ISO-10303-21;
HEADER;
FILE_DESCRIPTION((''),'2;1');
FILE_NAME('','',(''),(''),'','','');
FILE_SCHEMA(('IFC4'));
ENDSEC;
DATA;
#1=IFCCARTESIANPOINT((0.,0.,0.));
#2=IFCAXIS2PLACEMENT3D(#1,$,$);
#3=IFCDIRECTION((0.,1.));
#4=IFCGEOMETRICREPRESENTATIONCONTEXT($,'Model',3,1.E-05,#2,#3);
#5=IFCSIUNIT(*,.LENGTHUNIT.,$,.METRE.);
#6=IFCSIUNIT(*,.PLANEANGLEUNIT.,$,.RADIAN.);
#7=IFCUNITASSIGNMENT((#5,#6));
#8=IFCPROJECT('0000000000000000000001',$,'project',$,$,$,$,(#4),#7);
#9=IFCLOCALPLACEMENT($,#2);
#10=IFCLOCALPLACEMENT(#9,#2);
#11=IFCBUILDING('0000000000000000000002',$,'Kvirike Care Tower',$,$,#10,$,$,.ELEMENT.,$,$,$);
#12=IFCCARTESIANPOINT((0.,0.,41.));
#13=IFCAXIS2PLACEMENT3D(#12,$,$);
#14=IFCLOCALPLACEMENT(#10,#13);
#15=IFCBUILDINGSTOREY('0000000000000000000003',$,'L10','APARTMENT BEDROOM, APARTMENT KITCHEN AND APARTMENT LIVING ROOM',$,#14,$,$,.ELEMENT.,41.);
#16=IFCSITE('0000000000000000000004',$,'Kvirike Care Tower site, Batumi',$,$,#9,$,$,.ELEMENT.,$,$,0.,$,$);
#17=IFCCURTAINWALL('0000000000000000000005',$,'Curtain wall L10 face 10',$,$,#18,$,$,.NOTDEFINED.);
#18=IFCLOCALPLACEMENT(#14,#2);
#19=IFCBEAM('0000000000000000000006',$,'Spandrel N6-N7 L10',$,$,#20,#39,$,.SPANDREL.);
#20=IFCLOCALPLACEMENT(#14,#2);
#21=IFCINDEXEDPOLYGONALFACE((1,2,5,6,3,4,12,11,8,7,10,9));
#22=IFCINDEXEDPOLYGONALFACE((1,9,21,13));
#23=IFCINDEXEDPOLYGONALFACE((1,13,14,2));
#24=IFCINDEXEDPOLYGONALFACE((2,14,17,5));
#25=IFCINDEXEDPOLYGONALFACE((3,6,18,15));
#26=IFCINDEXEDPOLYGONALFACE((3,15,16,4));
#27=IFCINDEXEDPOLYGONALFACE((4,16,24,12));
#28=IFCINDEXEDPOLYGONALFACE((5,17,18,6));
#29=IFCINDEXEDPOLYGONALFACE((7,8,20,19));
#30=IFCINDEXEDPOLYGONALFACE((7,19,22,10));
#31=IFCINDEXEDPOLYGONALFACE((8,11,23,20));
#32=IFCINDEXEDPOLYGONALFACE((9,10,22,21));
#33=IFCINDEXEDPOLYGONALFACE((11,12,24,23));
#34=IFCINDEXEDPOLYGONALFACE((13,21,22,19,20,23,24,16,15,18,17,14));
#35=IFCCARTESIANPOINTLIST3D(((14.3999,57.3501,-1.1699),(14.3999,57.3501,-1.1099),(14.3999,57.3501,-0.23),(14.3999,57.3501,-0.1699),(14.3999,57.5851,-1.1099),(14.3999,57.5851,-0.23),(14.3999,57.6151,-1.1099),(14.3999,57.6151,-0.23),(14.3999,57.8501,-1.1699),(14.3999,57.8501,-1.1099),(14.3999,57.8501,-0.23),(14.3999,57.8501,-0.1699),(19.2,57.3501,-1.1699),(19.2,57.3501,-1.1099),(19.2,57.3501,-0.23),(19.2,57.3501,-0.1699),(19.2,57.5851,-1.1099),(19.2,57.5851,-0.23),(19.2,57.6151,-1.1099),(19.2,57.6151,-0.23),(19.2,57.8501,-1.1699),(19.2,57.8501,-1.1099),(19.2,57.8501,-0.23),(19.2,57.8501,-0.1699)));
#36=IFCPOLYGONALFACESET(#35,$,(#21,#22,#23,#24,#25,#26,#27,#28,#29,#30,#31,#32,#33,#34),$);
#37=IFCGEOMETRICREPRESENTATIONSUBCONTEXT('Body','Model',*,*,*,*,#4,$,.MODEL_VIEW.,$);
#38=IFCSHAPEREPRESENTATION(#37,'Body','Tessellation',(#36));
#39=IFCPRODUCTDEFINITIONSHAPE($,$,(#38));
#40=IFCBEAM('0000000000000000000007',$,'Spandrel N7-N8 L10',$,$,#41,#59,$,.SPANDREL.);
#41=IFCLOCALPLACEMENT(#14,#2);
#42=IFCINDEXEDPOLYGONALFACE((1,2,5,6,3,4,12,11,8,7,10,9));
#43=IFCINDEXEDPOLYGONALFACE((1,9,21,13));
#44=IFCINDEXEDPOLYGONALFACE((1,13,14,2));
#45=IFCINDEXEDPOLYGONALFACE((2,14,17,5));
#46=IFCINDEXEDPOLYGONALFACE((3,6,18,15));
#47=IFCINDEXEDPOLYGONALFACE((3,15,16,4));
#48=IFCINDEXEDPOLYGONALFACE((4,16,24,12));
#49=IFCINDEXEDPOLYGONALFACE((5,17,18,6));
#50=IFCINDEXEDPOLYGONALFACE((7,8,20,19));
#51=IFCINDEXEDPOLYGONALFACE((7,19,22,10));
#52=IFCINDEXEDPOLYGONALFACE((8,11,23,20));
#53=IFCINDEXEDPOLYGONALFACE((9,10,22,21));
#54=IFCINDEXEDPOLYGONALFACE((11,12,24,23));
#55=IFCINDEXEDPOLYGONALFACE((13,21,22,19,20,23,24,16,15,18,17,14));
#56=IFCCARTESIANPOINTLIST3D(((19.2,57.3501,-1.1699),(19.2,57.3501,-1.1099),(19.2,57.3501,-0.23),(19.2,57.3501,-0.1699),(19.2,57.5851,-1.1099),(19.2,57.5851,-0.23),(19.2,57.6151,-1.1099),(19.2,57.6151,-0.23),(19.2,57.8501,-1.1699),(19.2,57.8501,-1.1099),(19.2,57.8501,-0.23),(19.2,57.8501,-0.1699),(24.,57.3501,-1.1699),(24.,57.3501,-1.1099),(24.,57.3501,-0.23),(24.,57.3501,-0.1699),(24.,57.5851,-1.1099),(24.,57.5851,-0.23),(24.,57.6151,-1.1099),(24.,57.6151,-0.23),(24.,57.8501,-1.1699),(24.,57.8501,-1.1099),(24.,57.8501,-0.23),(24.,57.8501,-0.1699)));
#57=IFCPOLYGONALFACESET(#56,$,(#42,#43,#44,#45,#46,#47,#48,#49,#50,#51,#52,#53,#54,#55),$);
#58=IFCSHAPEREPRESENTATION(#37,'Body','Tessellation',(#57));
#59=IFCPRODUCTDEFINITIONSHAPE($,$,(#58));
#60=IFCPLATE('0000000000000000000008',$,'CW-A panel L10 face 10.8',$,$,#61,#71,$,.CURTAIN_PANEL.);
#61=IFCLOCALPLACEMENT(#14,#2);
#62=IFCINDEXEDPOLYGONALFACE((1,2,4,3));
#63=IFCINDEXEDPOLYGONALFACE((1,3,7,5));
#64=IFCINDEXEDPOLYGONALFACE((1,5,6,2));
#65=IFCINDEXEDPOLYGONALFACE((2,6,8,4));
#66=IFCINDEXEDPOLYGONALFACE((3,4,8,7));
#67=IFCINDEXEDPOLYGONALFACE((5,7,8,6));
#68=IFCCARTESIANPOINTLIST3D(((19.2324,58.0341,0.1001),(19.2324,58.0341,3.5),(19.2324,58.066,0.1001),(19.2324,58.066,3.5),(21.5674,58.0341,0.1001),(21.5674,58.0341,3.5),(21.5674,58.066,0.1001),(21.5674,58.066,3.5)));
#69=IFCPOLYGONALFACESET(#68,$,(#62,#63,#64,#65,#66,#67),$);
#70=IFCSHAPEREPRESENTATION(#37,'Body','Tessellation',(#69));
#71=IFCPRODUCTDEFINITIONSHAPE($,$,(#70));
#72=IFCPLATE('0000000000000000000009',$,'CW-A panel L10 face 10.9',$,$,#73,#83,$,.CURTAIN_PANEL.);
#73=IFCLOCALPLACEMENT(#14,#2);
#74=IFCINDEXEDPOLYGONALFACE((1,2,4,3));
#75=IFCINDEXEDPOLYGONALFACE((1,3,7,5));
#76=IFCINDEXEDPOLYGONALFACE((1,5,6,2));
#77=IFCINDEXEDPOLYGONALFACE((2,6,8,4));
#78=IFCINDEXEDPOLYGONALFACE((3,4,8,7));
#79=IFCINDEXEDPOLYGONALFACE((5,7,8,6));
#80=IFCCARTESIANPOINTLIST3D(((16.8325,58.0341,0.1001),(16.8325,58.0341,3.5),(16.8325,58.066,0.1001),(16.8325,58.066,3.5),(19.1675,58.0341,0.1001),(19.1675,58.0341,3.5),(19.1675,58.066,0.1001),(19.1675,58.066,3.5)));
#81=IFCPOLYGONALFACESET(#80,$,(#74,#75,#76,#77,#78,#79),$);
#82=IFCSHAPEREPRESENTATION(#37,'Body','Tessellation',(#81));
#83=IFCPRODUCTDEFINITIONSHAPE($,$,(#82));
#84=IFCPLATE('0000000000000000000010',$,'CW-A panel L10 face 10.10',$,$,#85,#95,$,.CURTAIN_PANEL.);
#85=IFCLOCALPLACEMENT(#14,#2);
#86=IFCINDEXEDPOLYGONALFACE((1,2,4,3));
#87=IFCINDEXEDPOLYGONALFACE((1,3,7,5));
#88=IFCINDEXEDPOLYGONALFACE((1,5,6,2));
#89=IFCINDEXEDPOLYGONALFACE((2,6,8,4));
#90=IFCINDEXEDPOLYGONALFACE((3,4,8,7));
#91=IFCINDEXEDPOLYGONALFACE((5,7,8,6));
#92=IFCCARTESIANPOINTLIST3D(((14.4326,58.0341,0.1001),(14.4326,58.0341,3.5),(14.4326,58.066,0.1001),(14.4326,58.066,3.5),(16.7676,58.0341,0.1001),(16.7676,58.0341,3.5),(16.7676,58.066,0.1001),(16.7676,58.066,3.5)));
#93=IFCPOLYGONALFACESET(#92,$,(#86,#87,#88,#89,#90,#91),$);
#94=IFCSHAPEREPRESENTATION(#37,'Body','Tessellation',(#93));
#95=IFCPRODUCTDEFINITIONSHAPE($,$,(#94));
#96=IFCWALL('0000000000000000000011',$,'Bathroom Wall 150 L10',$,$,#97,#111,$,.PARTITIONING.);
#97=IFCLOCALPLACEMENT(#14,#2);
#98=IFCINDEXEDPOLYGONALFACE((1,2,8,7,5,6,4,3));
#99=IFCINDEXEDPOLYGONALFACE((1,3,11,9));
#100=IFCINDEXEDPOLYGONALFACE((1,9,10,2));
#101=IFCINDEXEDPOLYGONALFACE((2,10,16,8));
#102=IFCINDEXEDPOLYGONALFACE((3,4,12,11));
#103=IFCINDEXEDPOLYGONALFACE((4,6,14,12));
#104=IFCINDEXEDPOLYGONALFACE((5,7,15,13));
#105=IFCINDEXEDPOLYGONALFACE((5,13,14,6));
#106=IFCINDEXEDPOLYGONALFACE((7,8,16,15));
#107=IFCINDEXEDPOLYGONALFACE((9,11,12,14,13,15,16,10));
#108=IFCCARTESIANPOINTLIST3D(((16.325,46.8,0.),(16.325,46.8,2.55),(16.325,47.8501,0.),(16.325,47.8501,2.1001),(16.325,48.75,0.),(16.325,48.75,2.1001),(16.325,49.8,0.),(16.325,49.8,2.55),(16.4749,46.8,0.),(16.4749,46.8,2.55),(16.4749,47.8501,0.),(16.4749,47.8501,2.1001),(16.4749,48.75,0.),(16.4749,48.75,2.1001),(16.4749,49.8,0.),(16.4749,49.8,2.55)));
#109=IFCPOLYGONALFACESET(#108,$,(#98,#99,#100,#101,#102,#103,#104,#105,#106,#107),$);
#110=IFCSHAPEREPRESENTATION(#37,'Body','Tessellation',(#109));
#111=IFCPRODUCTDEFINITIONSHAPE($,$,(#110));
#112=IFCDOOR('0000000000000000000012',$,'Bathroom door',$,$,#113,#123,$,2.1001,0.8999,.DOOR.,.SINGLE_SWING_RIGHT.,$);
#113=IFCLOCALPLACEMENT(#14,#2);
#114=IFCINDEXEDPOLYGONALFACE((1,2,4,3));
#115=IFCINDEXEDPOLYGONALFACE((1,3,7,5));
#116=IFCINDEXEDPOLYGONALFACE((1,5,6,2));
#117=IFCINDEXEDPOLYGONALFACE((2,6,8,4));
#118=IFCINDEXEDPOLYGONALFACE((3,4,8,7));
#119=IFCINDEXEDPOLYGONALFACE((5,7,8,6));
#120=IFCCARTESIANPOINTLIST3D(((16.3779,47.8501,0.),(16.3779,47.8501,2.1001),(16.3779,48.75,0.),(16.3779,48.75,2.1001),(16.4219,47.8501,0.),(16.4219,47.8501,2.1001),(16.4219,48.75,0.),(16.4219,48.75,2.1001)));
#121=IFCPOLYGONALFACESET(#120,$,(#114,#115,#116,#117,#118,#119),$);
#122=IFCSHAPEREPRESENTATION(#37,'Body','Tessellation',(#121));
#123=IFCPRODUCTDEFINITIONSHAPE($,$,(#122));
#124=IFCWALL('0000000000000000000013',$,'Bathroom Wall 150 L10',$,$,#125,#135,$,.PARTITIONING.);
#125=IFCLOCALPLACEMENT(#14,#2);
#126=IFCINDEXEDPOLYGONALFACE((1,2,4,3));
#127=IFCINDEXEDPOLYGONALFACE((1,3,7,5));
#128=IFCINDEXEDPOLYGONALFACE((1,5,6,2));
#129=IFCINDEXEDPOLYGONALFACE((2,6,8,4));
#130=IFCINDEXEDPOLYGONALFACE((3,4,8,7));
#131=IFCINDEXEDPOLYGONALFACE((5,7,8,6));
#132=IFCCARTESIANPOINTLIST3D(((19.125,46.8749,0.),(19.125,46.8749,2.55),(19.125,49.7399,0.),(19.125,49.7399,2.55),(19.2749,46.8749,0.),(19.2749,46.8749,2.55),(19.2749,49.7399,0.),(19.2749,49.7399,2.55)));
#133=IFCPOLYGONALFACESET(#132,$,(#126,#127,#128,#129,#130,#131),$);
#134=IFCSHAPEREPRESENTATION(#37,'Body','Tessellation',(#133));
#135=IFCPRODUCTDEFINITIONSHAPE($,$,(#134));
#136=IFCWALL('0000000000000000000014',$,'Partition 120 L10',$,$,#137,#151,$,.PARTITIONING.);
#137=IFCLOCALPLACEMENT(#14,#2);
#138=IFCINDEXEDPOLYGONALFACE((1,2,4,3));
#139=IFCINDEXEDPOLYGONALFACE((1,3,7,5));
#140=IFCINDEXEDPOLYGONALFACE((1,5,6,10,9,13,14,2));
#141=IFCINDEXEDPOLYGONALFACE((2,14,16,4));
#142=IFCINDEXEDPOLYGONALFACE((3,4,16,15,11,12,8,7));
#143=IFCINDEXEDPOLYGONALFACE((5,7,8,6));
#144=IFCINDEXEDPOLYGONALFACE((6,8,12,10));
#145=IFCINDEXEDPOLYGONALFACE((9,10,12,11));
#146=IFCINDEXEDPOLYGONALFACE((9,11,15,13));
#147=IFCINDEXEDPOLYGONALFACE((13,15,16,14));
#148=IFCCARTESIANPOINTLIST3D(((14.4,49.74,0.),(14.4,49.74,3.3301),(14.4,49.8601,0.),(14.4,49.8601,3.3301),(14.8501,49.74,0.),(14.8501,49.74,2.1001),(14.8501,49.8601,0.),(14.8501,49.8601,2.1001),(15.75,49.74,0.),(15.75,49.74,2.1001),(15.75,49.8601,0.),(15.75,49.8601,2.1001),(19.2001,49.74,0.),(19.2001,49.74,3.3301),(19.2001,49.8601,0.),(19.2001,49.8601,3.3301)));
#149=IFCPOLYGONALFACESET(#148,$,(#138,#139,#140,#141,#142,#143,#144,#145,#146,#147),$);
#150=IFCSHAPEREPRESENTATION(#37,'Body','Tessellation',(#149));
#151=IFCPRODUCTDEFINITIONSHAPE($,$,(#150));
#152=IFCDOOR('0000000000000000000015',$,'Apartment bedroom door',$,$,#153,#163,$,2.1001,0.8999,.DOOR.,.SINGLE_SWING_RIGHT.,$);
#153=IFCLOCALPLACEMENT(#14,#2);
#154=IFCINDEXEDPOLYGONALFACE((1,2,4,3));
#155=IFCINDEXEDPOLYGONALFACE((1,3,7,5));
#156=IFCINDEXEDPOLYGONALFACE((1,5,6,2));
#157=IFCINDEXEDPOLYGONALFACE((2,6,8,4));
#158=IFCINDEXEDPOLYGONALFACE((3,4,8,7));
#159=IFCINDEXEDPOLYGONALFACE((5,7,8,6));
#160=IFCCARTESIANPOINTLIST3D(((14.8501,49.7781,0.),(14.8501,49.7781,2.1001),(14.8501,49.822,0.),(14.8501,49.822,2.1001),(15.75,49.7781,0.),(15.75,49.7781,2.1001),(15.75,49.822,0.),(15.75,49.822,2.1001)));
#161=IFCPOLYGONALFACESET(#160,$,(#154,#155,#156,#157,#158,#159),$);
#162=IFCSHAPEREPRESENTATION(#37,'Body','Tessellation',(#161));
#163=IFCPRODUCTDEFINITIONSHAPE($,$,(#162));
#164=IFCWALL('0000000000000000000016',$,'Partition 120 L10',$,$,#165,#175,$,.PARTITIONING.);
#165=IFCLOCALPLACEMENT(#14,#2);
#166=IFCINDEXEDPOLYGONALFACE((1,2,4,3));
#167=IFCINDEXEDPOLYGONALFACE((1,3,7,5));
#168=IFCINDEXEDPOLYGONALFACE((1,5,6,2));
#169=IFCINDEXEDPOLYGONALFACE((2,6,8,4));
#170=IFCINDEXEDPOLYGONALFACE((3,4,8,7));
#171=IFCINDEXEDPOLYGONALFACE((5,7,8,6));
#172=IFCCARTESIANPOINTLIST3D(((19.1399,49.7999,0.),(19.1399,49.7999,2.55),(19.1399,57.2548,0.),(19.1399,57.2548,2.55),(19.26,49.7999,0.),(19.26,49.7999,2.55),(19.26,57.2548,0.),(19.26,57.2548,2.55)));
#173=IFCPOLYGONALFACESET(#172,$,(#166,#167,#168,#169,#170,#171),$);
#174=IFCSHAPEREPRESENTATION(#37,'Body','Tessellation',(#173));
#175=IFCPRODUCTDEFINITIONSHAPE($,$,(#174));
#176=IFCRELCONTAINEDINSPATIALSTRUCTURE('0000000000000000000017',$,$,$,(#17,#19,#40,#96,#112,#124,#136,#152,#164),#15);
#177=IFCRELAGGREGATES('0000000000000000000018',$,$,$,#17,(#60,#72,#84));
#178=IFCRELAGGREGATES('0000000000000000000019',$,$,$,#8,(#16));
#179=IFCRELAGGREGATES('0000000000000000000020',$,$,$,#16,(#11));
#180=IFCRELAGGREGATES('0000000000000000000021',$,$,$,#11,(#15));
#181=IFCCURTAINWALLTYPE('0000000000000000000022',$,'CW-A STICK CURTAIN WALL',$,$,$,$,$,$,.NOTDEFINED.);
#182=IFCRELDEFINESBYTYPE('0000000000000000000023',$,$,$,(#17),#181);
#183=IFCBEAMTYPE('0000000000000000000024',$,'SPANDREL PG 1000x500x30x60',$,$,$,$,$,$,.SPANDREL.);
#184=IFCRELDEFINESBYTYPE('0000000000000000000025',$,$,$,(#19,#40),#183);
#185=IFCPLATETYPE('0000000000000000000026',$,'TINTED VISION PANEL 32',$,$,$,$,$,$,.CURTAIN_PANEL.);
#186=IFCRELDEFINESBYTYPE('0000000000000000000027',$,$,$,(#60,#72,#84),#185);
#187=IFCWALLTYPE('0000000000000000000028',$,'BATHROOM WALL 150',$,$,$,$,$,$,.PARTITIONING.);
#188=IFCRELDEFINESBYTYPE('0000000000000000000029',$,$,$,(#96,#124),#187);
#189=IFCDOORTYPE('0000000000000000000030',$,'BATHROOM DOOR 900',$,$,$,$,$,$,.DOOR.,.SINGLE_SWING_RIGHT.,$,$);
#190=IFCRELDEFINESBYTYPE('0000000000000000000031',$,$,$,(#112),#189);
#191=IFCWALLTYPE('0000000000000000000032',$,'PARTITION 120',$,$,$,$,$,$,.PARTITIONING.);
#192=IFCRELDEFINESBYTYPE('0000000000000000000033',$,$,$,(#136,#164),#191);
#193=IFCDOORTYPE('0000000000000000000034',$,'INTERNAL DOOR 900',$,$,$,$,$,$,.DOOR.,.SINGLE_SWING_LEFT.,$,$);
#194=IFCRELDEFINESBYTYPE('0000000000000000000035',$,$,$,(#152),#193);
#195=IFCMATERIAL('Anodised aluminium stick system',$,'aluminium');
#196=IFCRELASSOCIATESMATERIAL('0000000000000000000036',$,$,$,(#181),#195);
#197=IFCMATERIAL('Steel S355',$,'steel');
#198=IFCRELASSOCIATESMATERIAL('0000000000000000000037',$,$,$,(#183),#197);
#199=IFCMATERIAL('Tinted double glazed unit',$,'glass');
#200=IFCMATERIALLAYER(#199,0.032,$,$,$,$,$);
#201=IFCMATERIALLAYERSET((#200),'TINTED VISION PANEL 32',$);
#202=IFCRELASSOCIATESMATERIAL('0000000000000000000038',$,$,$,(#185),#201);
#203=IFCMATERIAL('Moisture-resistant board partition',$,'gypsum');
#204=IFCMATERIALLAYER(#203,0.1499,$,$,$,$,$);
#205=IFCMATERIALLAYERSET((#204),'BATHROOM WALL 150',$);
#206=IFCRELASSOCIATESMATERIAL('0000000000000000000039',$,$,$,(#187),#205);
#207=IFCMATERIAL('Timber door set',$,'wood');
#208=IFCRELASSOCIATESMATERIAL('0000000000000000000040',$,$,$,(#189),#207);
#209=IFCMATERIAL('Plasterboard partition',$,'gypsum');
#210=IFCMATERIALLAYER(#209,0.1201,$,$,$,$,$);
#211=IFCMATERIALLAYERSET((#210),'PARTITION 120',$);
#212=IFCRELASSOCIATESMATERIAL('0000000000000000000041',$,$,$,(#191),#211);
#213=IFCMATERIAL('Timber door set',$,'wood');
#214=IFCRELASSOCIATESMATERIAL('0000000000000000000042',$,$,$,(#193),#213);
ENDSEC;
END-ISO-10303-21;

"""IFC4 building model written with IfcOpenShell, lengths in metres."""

from ifc_helpers import new_model, si_unit, direction, frame, frame_2d, origin, origin_2d, place, context, subcontext, project, spatial, rectangle, i_section, extrude, material, layer, layer_set, material_profile, profile_set, type_object, element, fill, aggregate, save


model = new_model("IFC4")

# Units and contexts
model_context = context("Model", 3, precision=1e-05, world=origin(), true_north=direction((0.0, 1.0)))
body_context = subcontext(model_context, "Body", "Model", "MODEL_VIEW")
ifc_project = project(units=[si_unit("LENGTHUNIT", "METRE"), si_unit("PLANEANGLEUNIT", "RADIAN")], contexts=[model_context])

# Site, building, storey
site_placement = place(None, origin())
site = spatial("IfcSite", under=ifc_project, at=site_placement, Name="Kvirike Care Tower site, Batumi", CompositionType="ELEMENT", RefElevation=0.0)
building_placement = place(site_placement, origin())
building = spatial("IfcBuilding", under=site, at=building_placement, Name="Kvirike Care Tower", CompositionType="ELEMENT")
storey_placement = place(building_placement, frame((0.0, 0.0, 41.0)))
storey = spatial("IfcBuildingStorey", under=building, at=storey_placement, Name="L10", Description="APARTMENT BEDROOM, APARTMENT KITCHEN AND APARTMENT LIVING ROOM", CompositionType="ELEMENT", Elevation=41.0)

# Curtain wall
ifc_material_1 = material(Name="Anodised aluminium stick system", Category="aluminium")
curtain_wall_type = type_object("IfcCurtainWallType", Name="CW-A STICK CURTAIN WALL", PredefinedType="NOTDEFINED", material=ifc_material_1)
curtain_wall_placement = place(storey_placement, origin())
curtain_wall = element("IfcCurtainWall", 1, at=curtain_wall_placement, inside=storey, type_object=curtain_wall_type, Name="Curtain wall L10 face 10", PredefinedType="NOTDEFINED")

# Beams
ifc_material_2 = material(Name="Steel S355", Category="steel")
ifc_material_profile_1 = material_profile(ifc_material_2, i_section(OverallWidth=0.5, OverallDepth=1.0, WebThickness=0.03, FlangeThickness=0.0601, at=origin_2d()), Name="PG 1000x500x30x60")
ifc_profile_set_1 = profile_set([ifc_material_profile_1], Name="Steel S355")
beam_type_1 = type_object("IfcBeamType", Name="SPANDREL PG 1000x500x30x60", PredefinedType="SPANDREL", material=ifc_profile_set_1)
for number, where, z_axis, x_axis, name in (
    (2, (14.3999, 57.6001, -0.6699), (1.0, 0.0, 0.0), (0.0, 1.0, 0.0), "Spandrel N6-N7 L10"),
    (3, (19.2, 57.6001, -0.6699), (1.0, 0.0, 0.0), (0.0, 1.0, 0.0), "Spandrel N7-N8 L10"),
):
    element("IfcBeam", number, at=place(storey_placement, frame(where, z_axis=z_axis, x_axis=x_axis)), inside=storey, type_object=beam_type_1, Name=name, PredefinedType="SPANDREL", context=body_context, shape_type="SweptSolid", body=[
        extrude(i_section(OverallWidth=0.5, OverallDepth=1.0, WebThickness=0.03, FlangeThickness=0.0601, at=origin_2d()), origin(), (0.0, 0.0, 1.0), 4.8),
    ])

# Plates
ifc_material_3 = material(Name="Tinted double glazed unit", Category="glass")
ifc_layer_1 = layer(ifc_material_3, 0.032)
ifc_layer_set_1 = layer_set([ifc_layer_1], Name="TINTED VISION PANEL 32")
plate_type = type_object("IfcPlateType", Name="TINTED VISION PANEL 32", PredefinedType="CURTAIN_PANEL", material=ifc_layer_set_1)
plate_1_placement = place(storey_placement, frame((20.3999, 58.05, 0.1001), z_axis=(0.0, 0.0, 1.0), x_axis=(-1.0, 0.0, 0.0)))
plate_1 = element("IfcPlate", 4, at=plate_1_placement, type_object=plate_type, Name="CW-A panel L10 face 10.8", PredefinedType="CURTAIN_PANEL", context=body_context, shape_type="SweptSolid", body=[
    extrude(rectangle(XDim=2.335, YDim=0.032, at=origin_2d()), origin(), (0.0, 0.0, 1.0), 3.3999),
])
plate_2_placement = place(storey_placement, frame((18.0, 58.05, 0.1001), z_axis=(0.0, 0.0, 1.0), x_axis=(-1.0, 0.0, 0.0)))
plate_2 = element("IfcPlate", 5, at=plate_2_placement, type_object=plate_type, Name="CW-A panel L10 face 10.9", PredefinedType="CURTAIN_PANEL", context=body_context, shape_type="SweptSolid", body=[
    extrude(rectangle(XDim=2.335, YDim=0.032, at=origin_2d()), origin(), (0.0, 0.0, 1.0), 3.3999),
])
plate_3_placement = place(storey_placement, frame((15.6001, 58.05, 0.1001), z_axis=(0.0, 0.0, 1.0), x_axis=(-1.0, 0.0, 0.0)))
plate_3 = element("IfcPlate", 6, at=plate_3_placement, type_object=plate_type, Name="CW-A panel L10 face 10.10", PredefinedType="CURTAIN_PANEL", context=body_context, shape_type="SweptSolid", body=[
    extrude(rectangle(XDim=2.335, YDim=0.032, at=origin_2d()), origin(), (0.0, 0.0, 1.0), 3.3999),
])
aggregate(curtain_wall, [plate_1, plate_2, plate_3])

# Wall, opening, door
ifc_material_4 = material(Name="Moisture-resistant board partition", Category="gypsum")
ifc_layer_2 = layer(ifc_material_4, 0.1499)
ifc_layer_set_2 = layer_set([ifc_layer_2], Name="BATHROOM WALL 150")
wall_type_1 = type_object("IfcWallType", Name="BATHROOM WALL 150", PredefinedType="PARTITIONING", material=ifc_layer_set_2)
wall_1_placement = place(storey_placement, frame((16.3999, 49.8, 0.0), z_axis=(0.0, 0.0, 1.0), x_axis=(0.0, -1.0, 0.0)))
wall_1 = element("IfcWall", 7, at=wall_1_placement, inside=storey, type_object=wall_type_1, Name="Bathroom Wall 150 L10", PredefinedType="PARTITIONING", context=body_context, shape_type="SweptSolid", body=[
    extrude(rectangle(XDim=3.0, YDim=0.1499, at=frame_2d((1.5, 0.0))), origin(), (0.0, 0.0, 1.0), 2.55),
])
opening_1_placement = place(wall_1_placement, frame((1.05, 0.0, 0.0)))
opening_1 = element("IfcOpeningElement", 8, at=opening_1_placement, cuts=wall_1, PredefinedType="OPENING", context=body_context, shape_type="SweptSolid", body=[
    extrude(rectangle(XDim=0.8999, YDim=2.1001, at=frame_2d((0.45, 1.05))), frame((0.0, 0.0854, 0.0), z_axis=(0.0, -1.0, 0.0), x_axis=(1.0, 0.0, 0.0)), (0.0, 0.0, 1.0), 0.1709),
])
ifc_material_5 = material(Name="Timber door set", Category="wood")
door_type_1 = type_object("IfcDoorType", Name="BATHROOM DOOR 900", OperationType="SINGLE_SWING_RIGHT", PredefinedType="DOOR", material=ifc_material_5)
door_1_placement = place(opening_1_placement, origin())
door_1 = element("IfcDoor", 9, at=door_1_placement, inside=storey, type_object=door_type_1, Name="Bathroom door", OperationType="SINGLE_SWING_RIGHT", OverallHeight=2.1001, OverallWidth=0.8999, PredefinedType="DOOR", context=body_context, shape_type="SweptSolid", body=[
    extrude(rectangle(XDim=0.8999, YDim=2.1001, at=frame_2d((0.45, 1.05))), frame((0.0, 0.022, 0.0), z_axis=(0.0, -1.0, 0.0), x_axis=(1.0, 0.0, 0.0)), (0.0, 0.0, 1.0), 0.0439),
])
fill(opening_1, door_1)

# Wall
wall_2_placement = place(storey_placement, frame((19.2, 49.74, 0.0), z_axis=(0.0, 0.0, 1.0), x_axis=(0.0, -1.0, 0.0)))
element("IfcWall", 10, at=wall_2_placement, inside=storey, type_object=wall_type_1, Name="Bathroom Wall 150 L10", PredefinedType="PARTITIONING", context=body_context, shape_type="SweptSolid", body=[
    extrude(rectangle(XDim=2.865, YDim=0.1499, at=frame_2d((1.4326, 0.0))), origin(), (0.0, 0.0, 1.0), 2.55),
])

# Wall, opening, door
ifc_material_6 = material(Name="Plasterboard partition", Category="gypsum")
ifc_layer_3 = layer(ifc_material_6, 0.1201)
ifc_layer_set_3 = layer_set([ifc_layer_3], Name="PARTITION 120")
wall_type_2 = type_object("IfcWallType", Name="PARTITION 120", PredefinedType="PARTITIONING", material=ifc_layer_set_3)
wall_3_placement = place(storey_placement, frame((19.2, 49.8, 0.0), z_axis=(0.0, 0.0, 1.0), x_axis=(-1.0, 0.0, 0.0)))
wall_3 = element("IfcWall", 11, at=wall_3_placement, inside=storey, type_object=wall_type_2, Name="Partition 120 L10", PredefinedType="PARTITIONING", context=body_context, shape_type="SweptSolid", body=[
    extrude(rectangle(XDim=4.8, YDim=0.1201, at=frame_2d((2.3999, 0.0))), origin(), (0.0, 0.0, 1.0), 3.3301),
])
opening_2_placement = place(wall_3_placement, frame((3.45, 0.0, 0.0)))
opening_2 = element("IfcOpeningElement", 12, at=opening_2_placement, cuts=wall_3, PredefinedType="OPENING", context=body_context, shape_type="SweptSolid", body=[
    extrude(rectangle(XDim=0.8999, YDim=2.1001, at=frame_2d((0.45, 1.05))), frame((0.0, 0.0706, 0.0), z_axis=(0.0, -1.0, 0.0), x_axis=(1.0, 0.0, 0.0)), (0.0, 0.0, 1.0), 0.1411),
])
ifc_material_7 = material(Name="Timber door set", Category="wood")
door_type_2 = type_object("IfcDoorType", Name="INTERNAL DOOR 900", OperationType="SINGLE_SWING_LEFT", PredefinedType="DOOR", material=ifc_material_7)
door_2_placement = place(opening_2_placement, frame((0.8999, 0.0, 0.0), z_axis=(0.0, 0.0, 1.0), x_axis=(-1.0, 0.0, 0.0)))
door_2 = element("IfcDoor", 13, at=door_2_placement, inside=storey, type_object=door_type_2, Name="Apartment bedroom door", OperationType="SINGLE_SWING_RIGHT", OverallHeight=2.1001, OverallWidth=0.8999, PredefinedType="DOOR", context=body_context, shape_type="SweptSolid", body=[
    extrude(rectangle(XDim=0.8999, YDim=2.1001, at=frame_2d((0.45, 1.05))), frame((0.0, 0.022, 0.0), z_axis=(0.0, -1.0, 0.0), x_axis=(1.0, 0.0, 0.0)), (0.0, 0.0, 1.0), 0.0439),
])
fill(opening_2, door_2)

# Wall
wall_4_placement = place(storey_placement, frame((19.2, 57.2549, 0.0), z_axis=(0.0, 0.0, 1.0), x_axis=(0.0, -1.0, 0.0)))
element("IfcWall", 14, at=wall_4_placement, inside=storey, type_object=wall_type_2, Name="Partition 120 L10", PredefinedType="PARTITIONING", context=body_context, shape_type="SweptSolid", body=[
    extrude(rectangle(XDim=7.4548, YDim=0.1201, at=frame_2d((3.7275, 0.0))), origin(), (0.0, 0.0, 1.0), 2.55),
])

save(model, "model.ifc")
